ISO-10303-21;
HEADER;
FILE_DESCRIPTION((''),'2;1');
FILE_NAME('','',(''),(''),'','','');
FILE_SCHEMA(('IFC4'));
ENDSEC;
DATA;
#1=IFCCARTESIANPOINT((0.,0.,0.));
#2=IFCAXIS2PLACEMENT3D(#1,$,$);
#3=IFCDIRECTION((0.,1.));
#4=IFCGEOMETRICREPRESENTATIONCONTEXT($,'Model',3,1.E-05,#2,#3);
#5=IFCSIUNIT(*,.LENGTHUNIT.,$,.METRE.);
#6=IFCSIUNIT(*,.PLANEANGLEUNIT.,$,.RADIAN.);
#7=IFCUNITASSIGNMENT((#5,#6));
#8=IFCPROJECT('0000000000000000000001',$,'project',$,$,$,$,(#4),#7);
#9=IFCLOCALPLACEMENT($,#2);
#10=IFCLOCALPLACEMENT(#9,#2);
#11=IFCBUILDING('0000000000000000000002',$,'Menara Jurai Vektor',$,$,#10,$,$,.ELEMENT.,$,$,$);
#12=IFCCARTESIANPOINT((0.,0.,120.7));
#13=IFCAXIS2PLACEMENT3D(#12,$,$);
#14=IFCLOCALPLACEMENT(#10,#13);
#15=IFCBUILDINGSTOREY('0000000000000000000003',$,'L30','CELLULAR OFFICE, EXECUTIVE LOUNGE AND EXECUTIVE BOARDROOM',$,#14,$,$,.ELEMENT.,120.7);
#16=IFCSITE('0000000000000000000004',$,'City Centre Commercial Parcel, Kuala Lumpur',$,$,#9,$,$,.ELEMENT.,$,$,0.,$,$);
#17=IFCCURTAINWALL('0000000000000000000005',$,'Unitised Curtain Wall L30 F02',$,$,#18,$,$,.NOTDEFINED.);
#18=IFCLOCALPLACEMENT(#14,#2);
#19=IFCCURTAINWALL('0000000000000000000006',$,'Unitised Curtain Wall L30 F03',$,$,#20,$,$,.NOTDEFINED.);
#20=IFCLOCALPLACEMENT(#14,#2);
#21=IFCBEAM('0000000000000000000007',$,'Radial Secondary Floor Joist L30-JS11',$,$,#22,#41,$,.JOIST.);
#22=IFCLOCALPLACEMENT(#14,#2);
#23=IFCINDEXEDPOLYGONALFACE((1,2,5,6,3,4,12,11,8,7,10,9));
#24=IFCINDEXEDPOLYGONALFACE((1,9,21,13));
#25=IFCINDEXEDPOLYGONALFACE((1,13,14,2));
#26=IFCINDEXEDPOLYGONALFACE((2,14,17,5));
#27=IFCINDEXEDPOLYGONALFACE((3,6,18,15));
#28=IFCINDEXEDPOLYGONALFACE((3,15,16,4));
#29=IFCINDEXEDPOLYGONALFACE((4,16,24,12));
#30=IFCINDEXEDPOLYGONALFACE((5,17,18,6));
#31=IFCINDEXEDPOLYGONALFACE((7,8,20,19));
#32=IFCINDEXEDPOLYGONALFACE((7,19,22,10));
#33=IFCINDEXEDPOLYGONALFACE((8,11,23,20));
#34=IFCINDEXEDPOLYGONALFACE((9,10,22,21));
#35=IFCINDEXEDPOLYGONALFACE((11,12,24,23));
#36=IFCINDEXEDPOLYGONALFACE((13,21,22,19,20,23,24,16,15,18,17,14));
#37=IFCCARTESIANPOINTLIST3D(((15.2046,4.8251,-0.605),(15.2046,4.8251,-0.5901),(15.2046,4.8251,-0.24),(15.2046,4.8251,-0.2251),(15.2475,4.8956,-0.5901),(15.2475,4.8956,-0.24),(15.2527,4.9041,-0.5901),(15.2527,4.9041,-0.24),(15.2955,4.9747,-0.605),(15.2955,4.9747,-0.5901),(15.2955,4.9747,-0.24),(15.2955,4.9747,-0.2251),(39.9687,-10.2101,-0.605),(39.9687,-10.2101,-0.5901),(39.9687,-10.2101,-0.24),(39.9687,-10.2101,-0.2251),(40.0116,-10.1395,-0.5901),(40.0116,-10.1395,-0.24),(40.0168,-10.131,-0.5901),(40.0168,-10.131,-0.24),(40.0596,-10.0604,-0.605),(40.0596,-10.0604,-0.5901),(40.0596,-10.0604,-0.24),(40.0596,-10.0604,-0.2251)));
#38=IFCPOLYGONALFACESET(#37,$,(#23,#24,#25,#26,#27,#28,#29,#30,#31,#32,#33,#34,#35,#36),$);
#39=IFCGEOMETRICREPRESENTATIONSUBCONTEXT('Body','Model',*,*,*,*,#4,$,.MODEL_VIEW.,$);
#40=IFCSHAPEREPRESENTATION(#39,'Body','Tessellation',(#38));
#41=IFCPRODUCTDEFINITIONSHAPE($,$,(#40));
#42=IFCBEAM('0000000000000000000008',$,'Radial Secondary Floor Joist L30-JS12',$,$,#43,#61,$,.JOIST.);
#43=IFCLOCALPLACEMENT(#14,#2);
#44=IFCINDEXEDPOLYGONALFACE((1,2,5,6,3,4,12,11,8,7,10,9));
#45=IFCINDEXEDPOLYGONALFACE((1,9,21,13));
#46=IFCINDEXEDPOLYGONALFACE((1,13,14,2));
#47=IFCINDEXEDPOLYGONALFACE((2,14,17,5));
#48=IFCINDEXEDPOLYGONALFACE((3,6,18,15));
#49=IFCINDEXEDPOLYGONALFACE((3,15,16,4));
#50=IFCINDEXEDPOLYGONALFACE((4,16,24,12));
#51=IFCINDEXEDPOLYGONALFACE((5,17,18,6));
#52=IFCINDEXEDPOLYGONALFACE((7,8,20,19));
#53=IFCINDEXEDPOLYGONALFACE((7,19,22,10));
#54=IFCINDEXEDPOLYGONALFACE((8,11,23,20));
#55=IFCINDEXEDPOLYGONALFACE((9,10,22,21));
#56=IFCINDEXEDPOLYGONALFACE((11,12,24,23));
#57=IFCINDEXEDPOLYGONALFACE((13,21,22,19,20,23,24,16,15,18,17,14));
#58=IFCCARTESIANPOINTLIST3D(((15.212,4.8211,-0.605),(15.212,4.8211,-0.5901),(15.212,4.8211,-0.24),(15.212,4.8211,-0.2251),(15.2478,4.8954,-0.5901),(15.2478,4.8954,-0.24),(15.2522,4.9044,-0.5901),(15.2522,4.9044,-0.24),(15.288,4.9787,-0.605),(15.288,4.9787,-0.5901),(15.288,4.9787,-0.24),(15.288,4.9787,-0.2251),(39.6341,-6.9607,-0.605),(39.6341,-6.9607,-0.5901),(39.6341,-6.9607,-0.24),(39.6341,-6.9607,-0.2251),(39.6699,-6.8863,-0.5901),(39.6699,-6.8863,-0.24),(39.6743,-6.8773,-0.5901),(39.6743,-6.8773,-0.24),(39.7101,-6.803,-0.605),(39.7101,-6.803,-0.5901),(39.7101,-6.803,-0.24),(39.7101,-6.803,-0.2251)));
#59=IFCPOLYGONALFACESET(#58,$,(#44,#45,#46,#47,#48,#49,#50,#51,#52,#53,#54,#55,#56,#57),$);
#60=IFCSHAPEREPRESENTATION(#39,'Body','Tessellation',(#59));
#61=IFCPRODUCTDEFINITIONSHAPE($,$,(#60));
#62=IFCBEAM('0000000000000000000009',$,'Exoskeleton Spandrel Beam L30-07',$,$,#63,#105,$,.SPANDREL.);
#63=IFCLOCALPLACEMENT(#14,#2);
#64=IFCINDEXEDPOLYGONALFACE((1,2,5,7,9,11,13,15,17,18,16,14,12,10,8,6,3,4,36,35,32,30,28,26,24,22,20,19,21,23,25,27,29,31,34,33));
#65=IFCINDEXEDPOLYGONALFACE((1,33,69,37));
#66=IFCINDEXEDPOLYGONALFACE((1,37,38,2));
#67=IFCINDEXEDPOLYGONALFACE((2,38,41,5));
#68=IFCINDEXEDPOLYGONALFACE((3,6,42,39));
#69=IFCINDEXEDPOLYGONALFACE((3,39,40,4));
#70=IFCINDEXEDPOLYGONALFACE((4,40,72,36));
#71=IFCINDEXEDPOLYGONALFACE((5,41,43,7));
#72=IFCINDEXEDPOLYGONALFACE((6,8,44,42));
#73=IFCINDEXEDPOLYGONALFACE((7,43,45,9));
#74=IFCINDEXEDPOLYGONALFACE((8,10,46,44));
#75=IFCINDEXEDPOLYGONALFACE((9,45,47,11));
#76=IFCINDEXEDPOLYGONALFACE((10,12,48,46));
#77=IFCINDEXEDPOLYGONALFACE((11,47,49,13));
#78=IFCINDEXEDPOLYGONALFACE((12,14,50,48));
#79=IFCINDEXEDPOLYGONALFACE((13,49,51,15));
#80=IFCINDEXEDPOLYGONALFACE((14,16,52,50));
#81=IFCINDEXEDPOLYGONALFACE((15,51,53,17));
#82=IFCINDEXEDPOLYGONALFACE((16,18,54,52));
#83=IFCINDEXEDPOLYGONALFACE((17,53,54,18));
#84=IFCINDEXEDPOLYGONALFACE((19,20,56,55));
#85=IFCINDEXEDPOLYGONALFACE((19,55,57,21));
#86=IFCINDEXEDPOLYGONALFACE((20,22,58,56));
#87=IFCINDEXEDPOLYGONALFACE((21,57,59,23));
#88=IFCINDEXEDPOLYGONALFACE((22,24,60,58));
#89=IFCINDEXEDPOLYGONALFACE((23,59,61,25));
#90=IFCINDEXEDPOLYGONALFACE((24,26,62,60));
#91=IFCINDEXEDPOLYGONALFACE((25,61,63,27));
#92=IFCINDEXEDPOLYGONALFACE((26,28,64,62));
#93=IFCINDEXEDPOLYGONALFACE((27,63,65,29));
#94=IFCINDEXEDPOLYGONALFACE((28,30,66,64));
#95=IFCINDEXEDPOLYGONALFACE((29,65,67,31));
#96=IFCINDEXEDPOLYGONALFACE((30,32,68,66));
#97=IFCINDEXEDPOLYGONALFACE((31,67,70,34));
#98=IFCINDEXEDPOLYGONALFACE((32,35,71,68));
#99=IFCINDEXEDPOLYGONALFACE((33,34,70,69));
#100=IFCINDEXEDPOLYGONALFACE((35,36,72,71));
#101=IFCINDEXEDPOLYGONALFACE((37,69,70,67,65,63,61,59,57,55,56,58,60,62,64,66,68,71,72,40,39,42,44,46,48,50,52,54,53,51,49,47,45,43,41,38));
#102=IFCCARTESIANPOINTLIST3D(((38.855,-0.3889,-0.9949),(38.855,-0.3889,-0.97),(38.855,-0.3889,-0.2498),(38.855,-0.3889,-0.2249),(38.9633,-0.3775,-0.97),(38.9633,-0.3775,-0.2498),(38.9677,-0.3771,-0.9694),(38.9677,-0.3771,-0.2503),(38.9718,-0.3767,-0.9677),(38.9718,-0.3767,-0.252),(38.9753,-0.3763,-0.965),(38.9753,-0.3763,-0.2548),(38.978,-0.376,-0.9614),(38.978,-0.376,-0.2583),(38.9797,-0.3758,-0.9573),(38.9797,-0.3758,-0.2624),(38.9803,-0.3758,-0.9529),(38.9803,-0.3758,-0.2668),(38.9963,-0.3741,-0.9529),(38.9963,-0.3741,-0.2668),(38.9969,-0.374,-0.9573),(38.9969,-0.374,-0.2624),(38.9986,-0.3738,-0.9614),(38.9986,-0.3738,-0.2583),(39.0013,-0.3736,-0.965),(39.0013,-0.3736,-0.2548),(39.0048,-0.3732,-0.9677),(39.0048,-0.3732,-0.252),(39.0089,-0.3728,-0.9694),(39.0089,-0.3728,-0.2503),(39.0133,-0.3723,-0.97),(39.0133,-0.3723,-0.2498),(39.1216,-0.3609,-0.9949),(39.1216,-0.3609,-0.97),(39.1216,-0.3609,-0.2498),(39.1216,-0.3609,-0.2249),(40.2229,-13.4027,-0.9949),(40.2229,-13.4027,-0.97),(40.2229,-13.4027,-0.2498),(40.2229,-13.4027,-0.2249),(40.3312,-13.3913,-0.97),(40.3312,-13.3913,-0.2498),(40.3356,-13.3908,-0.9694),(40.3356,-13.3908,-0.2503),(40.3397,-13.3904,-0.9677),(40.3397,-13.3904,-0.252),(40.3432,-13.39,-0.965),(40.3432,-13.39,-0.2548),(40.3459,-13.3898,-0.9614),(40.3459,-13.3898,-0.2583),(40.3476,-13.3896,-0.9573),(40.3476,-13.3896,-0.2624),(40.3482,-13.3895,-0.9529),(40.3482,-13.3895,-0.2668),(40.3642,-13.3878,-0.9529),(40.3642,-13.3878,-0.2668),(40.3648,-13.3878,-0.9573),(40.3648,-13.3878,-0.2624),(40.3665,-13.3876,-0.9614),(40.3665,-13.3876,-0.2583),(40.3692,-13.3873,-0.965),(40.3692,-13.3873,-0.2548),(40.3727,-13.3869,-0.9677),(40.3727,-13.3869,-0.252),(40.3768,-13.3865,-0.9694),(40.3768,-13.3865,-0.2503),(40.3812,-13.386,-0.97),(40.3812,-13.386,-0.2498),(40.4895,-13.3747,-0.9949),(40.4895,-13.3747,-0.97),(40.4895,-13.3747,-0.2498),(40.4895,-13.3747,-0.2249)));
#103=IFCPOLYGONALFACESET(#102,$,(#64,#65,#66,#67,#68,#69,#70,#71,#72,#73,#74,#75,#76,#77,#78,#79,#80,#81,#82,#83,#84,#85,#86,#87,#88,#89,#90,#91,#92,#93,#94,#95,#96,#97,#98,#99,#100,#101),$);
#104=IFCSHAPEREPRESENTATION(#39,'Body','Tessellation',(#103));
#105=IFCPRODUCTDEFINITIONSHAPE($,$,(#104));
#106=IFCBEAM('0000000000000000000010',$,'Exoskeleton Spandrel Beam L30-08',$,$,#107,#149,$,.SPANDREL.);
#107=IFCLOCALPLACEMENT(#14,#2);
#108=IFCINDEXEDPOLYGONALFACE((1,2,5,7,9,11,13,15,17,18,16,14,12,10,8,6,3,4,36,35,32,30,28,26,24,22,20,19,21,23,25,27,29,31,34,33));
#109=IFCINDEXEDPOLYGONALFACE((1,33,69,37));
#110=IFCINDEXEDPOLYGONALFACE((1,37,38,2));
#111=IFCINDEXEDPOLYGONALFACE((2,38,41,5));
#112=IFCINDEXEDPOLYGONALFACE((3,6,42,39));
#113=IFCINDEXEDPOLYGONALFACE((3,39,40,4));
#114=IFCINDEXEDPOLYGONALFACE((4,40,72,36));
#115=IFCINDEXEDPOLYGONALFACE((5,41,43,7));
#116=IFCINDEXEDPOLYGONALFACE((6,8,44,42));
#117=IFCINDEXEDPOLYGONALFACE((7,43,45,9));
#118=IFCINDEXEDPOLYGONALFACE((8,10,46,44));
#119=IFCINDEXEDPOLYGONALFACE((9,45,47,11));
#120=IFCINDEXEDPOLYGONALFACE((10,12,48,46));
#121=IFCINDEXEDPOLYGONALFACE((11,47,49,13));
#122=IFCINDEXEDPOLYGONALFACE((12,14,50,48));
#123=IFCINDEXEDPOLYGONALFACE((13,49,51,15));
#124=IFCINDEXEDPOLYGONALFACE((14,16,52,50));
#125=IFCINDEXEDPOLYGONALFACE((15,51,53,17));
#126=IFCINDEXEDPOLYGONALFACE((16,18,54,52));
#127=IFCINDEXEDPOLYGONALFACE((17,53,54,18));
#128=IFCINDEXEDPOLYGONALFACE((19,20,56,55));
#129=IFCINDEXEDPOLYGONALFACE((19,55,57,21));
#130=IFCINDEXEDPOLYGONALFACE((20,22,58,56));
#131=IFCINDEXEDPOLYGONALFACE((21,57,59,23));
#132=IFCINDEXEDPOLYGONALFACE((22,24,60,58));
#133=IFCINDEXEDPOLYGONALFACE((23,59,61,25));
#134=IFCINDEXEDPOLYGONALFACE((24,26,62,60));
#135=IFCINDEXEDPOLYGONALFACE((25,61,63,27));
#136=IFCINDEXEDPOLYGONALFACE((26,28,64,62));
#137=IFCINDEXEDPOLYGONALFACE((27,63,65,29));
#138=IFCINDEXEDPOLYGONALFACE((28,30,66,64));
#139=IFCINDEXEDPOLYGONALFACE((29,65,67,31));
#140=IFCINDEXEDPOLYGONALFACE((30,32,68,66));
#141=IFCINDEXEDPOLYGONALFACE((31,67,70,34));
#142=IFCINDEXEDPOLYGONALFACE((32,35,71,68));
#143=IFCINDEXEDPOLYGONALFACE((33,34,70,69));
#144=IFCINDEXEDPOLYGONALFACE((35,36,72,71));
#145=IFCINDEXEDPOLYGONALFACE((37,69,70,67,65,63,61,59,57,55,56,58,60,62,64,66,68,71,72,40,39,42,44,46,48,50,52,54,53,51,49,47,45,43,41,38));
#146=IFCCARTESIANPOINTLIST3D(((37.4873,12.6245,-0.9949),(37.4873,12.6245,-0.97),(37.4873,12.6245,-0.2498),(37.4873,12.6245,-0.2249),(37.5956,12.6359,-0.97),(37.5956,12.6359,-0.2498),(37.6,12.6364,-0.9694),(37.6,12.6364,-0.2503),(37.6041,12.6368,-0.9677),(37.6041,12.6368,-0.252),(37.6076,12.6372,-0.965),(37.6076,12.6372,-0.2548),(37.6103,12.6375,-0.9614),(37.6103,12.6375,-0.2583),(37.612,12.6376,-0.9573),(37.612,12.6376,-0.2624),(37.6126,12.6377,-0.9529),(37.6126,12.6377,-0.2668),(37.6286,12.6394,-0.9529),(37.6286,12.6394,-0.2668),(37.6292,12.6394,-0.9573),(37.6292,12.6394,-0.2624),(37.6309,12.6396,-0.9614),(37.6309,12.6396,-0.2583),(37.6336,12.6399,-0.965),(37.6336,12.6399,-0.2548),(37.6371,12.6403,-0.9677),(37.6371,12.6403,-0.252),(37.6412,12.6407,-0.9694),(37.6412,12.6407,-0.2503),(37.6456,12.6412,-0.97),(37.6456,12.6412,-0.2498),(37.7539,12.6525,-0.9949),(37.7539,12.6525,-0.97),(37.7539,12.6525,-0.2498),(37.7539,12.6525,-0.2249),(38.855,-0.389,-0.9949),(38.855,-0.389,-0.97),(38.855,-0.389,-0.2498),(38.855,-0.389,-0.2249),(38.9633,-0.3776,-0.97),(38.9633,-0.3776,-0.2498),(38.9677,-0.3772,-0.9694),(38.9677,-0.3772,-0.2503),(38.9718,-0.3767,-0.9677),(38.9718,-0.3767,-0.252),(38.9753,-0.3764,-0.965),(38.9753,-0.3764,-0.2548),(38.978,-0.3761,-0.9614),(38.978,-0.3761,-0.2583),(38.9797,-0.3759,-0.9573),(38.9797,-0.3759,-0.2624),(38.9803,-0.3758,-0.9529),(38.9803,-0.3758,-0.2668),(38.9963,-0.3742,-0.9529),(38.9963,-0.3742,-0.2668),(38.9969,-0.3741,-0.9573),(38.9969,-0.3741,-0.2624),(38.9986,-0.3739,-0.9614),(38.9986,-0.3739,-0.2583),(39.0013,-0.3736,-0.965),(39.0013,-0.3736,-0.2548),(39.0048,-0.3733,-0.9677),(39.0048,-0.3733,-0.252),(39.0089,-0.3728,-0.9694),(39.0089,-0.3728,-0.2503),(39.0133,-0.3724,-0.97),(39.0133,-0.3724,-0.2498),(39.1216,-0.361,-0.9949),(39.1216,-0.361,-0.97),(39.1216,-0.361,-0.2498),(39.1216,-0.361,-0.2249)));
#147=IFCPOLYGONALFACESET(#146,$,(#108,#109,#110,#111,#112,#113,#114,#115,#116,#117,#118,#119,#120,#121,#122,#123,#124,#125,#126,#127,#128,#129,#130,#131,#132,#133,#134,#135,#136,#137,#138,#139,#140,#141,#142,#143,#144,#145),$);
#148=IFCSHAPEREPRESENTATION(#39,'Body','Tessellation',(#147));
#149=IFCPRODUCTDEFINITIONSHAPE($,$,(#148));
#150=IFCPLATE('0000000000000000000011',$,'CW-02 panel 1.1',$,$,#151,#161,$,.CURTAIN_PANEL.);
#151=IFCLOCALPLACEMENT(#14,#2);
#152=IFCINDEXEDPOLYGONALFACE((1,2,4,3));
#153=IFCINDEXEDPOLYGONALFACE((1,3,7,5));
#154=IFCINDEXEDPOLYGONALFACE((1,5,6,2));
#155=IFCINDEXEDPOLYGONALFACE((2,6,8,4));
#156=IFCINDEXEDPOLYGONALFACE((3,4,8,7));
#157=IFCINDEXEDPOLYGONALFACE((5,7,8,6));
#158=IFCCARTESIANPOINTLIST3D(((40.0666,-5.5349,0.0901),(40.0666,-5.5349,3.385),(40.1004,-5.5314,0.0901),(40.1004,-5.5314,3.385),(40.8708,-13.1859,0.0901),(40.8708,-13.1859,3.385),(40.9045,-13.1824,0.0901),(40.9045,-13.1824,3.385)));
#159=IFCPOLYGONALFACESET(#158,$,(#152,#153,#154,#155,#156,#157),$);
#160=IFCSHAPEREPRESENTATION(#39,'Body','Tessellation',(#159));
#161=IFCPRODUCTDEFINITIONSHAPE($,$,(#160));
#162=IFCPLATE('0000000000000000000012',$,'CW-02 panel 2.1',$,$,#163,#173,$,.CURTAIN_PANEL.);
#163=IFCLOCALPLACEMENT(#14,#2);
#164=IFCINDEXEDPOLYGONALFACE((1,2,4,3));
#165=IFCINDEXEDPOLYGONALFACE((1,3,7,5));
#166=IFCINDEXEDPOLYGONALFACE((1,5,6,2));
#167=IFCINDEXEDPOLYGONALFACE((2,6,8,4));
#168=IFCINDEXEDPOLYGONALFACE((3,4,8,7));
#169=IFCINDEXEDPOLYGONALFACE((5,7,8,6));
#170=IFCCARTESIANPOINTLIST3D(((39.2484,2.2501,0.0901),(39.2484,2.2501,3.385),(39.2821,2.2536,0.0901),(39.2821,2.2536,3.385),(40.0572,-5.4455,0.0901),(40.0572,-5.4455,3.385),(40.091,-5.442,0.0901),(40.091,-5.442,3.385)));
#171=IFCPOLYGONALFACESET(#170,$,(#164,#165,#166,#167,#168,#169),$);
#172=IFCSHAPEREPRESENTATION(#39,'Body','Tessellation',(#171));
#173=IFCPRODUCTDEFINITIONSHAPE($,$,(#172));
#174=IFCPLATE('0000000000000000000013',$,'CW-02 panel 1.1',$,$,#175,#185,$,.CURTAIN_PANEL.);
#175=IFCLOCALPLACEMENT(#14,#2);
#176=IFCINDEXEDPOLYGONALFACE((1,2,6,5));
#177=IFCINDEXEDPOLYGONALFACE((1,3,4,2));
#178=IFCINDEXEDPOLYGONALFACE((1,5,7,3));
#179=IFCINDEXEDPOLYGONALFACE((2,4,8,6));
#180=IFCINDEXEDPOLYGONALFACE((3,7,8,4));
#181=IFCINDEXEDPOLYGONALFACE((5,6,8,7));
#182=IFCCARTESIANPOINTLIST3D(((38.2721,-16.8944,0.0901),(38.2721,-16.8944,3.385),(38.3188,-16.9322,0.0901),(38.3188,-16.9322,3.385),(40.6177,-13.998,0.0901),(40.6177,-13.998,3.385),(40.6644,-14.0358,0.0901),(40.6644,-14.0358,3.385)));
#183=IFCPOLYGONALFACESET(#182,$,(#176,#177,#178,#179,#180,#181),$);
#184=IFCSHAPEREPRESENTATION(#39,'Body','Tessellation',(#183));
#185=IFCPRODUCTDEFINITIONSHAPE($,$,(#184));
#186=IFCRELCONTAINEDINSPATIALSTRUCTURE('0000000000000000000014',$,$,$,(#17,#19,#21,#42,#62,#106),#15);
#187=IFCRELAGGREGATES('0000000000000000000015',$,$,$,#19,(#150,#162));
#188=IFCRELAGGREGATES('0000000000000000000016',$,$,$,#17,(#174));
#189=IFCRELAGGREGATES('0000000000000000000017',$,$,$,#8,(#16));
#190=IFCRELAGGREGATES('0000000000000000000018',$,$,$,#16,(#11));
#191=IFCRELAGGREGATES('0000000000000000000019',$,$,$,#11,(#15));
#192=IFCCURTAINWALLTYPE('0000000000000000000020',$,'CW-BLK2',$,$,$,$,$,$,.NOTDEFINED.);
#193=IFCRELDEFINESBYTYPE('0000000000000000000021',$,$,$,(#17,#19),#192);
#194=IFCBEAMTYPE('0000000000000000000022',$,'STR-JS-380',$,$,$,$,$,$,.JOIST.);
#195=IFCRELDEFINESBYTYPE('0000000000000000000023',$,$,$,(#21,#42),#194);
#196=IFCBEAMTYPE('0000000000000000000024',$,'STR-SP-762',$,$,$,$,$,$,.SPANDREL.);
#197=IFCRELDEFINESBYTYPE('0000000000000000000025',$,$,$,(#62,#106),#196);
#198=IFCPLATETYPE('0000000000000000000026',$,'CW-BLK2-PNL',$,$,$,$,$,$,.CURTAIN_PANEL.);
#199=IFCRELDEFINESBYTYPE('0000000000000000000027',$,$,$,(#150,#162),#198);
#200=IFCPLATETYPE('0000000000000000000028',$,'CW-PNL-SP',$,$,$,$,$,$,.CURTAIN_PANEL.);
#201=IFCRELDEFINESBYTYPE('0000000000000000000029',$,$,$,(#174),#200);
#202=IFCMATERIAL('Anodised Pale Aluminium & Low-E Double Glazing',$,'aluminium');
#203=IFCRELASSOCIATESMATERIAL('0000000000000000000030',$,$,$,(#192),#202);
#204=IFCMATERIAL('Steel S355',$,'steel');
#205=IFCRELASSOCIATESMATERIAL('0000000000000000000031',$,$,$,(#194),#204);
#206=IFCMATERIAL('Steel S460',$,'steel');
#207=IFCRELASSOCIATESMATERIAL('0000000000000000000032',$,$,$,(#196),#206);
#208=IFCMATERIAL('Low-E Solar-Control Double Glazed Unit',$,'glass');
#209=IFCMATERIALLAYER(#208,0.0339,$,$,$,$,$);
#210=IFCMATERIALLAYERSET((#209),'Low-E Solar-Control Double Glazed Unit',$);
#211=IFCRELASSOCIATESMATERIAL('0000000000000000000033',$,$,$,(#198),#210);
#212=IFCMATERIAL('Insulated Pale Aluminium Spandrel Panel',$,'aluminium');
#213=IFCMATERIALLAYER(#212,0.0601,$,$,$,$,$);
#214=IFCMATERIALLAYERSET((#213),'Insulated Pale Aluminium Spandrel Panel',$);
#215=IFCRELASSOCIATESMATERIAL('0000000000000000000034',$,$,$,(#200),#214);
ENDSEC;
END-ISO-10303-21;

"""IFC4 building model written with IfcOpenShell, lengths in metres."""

from ifc_helpers import new_model, si_unit, direction, frame, origin, origin_2d, place, context, subcontext, project, spatial, rectangle, i_section, extrude, material, layer, layer_set, material_profile, profile_set, type_object, element, aggregate, save


model = new_model("IFC4")

# Units and contexts
model_context = context("Model", 3, precision=1e-05, world=origin(), true_north=direction((0.0, 1.0)))
body_context = subcontext(model_context, "Body", "Model", "MODEL_VIEW")
ifc_project = project(units=[si_unit("LENGTHUNIT", "METRE"), si_unit("PLANEANGLEUNIT", "RADIAN")], contexts=[model_context])

# Site, building, storey
site_placement = place(None, origin())
site = spatial("IfcSite", under=ifc_project, at=site_placement, Name="City Centre Commercial Parcel, Kuala Lumpur", CompositionType="ELEMENT", RefElevation=0.0)
building_placement = place(site_placement, origin())
building = spatial("IfcBuilding", under=site, at=building_placement, Name="Menara Jurai Vektor", CompositionType="ELEMENT")
storey_placement = place(building_placement, frame((0.0, 0.0, 120.7)))
storey = spatial("IfcBuildingStorey", under=building, at=storey_placement, Name="L30", Description="CELLULAR OFFICE, EXECUTIVE LOUNGE AND EXECUTIVE BOARDROOM", CompositionType="ELEMENT", Elevation=120.7)

# Shared definitions
ifc_material_1 = material(Name="Steel S460", Category="steel")

# Curtain walls
ifc_material_2 = material(Name="Anodised Pale Aluminium & Low-E Double Glazing", Category="aluminium")
curtain_wall_type = type_object("IfcCurtainWallType", Name="CW-BLK2", PredefinedType="NOTDEFINED", material=ifc_material_2)
curtain_wall_1_placement = place(storey_placement, origin())
curtain_wall_1 = element("IfcCurtainWall", 1, at=curtain_wall_1_placement, inside=storey, type_object=curtain_wall_type, Name="Unitised Curtain Wall L30 F02", PredefinedType="NOTDEFINED")
curtain_wall_2_placement = place(storey_placement, origin())
curtain_wall_2 = element("IfcCurtainWall", 2, at=curtain_wall_2_placement, inside=storey, type_object=curtain_wall_type, Name="Unitised Curtain Wall L30 F03", PredefinedType="NOTDEFINED")

# Shared definitions
ifc_material_3 = material(Name="Steel S355", Category="steel")

# Beams
ifc_material_profile_1 = material_profile(ifc_material_3, i_section(OverallWidth=0.175, OverallDepth=0.3799, WebThickness=0.01, FlangeThickness=0.0149, at=origin_2d()), Name="PG 380x175x58")
ifc_profile_set_1 = profile_set([ifc_material_profile_1], Name="Steel S355")
beam_type_1 = type_object("IfcBeamType", Name="STR-JS-380", PredefinedType="JOIST", material=ifc_profile_set_1)
beam_1_placement = place(storey_placement, frame((40.0142, -10.1353, -0.415), z_axis=(-0.854791, 0.518972, 0.0), x_axis=(-0.518972, -0.854791, 0.0)))
element("IfcBeam", 3, at=beam_1_placement, inside=storey, type_object=beam_type_1, Name="Radial Secondary Floor Joist L30-JS11", PredefinedType="JOIST", context=body_context, shape_type="SweptSolid", body=[
    extrude(i_section(OverallWidth=0.175, OverallDepth=0.3799, WebThickness=0.01, FlangeThickness=0.0149, at=origin_2d()), origin(), (0.0, 0.0, 1.0), 28.9709),
])
beam_2_placement = place(storey_placement, frame((39.6721, -6.8818, -0.415), z_axis=(-0.900671, 0.434502, 0.0), x_axis=(-0.434502, -0.900671, 0.0)))
element("IfcBeam", 4, at=beam_2_placement, inside=storey, type_object=beam_type_1, Name="Radial Secondary Floor Joist L30-JS12", PredefinedType="JOIST", context=body_context, shape_type="SweptSolid", body=[
    extrude(i_section(OverallWidth=0.175, OverallDepth=0.3799, WebThickness=0.01, FlangeThickness=0.0149, at=origin_2d()), origin(), (0.0, 0.0, 1.0), 27.1155),
])
ifc_material_profile_2 = material_profile(ifc_material_1, i_section(OverallWidth=0.2681, OverallDepth=0.77, WebThickness=0.0161, FlangeThickness=0.0249, FilletRadius=0.0171, at=origin_2d()), Name="UKB 762x267x197")
ifc_profile_set_2 = profile_set([ifc_material_profile_2], Name="Steel S460")
beam_type_2 = type_object("IfcBeamType", Name="STR-SP-762", PredefinedType="SPANDREL", material=ifc_profile_set_2)
beam_3_placement = place(storey_placement, frame((40.3562, -13.3887, -0.6099), z_axis=(-0.104538, 0.994521, 0.0), x_axis=(-0.994521, -0.104538, 0.0)))
element("IfcBeam", 5, at=beam_3_placement, inside=storey, type_object=beam_type_2, Name="Exoskeleton Spandrel Beam L30-07", PredefinedType="SPANDREL", context=body_context, shape_type="SweptSolid", body=[
    extrude(i_section(OverallWidth=0.2681, OverallDepth=0.77, WebThickness=0.0161, FlangeThickness=0.0249, FilletRadius=0.0171, at=origin_2d()), origin(), (0.0, 0.0, 1.0), 13.0854),
])
beam_4_placement = place(storey_placement, frame((38.9883, -0.375, -0.6099), z_axis=(-0.104522, 0.994523, 0.0), x_axis=(-0.994523, -0.104522, 0.0)))
element("IfcBeam", 6, at=beam_4_placement, inside=storey, type_object=beam_type_2, Name="Exoskeleton Spandrel Beam L30-08", PredefinedType="SPANDREL", context=body_context, shape_type="SweptSolid", body=[
    extrude(i_section(OverallWidth=0.2681, OverallDepth=0.77, WebThickness=0.0161, FlangeThickness=0.0249, FilletRadius=0.0171, at=origin_2d()), origin(), (0.0, 0.0, 1.0), 13.0852),
])

# Plates
ifc_material_4 = material(Name="Low-E Solar-Control Double Glazed Unit", Category="glass")
ifc_layer_1 = layer(ifc_material_4, 0.0339)
ifc_layer_set_1 = layer_set([ifc_layer_1], Name="Low-E Solar-Control Double Glazed Unit")
plate_type_1 = type_object("IfcPlateType", Name="CW-BLK2-PNL", PredefinedType="CURTAIN_PANEL", material=ifc_layer_set_1)
plate_1_placement = place(storey_placement, frame((40.4856, -9.3586, 0.0901), z_axis=(0.0, 0.0, 1.0), x_axis=(-0.10453, 0.994522, 0.0)))
plate_1 = element("IfcPlate", 7, at=plate_1_placement, type_object=plate_type_1, Name="CW-02 panel 1.1", PredefinedType="CURTAIN_PANEL", context=body_context, shape_type="SweptSolid", body=[
    extrude(rectangle(XDim=7.6931, YDim=0.0339, at=origin_2d()), origin(), (0.0, 0.0, 1.0), 3.2949),
])
plate_2_placement = place(storey_placement, frame((39.6697, -1.5959, 0.0901), z_axis=(0.0, 0.0, 1.0), x_axis=(-0.10453, 0.994522, 0.0)))
plate_2 = element("IfcPlate", 8, at=plate_2_placement, type_object=plate_type_1, Name="CW-02 panel 2.1", PredefinedType="CURTAIN_PANEL", context=body_context, shape_type="SweptSolid", body=[
    extrude(rectangle(XDim=7.738, YDim=0.0339, at=origin_2d()), origin(), (0.0, 0.0, 1.0), 3.2949),
])
aggregate(curtain_wall_2, [plate_1, plate_2])
ifc_material_5 = material(Name="Insulated Pale Aluminium Spandrel Panel", Category="aluminium")
ifc_layer_2 = layer(ifc_material_5, 0.0601)
ifc_layer_set_2 = layer_set([ifc_layer_2], Name="Insulated Pale Aluminium Spandrel Panel")
plate_type_2 = type_object("IfcPlateType", Name="CW-PNL-SP", PredefinedType="CURTAIN_PANEL", material=ifc_layer_set_2)
plate_3_placement = place(storey_placement, frame((39.4683, -15.4651, 0.0901), z_axis=(0.0, 0.0, 1.0), x_axis=(0.629341, 0.777129, 0.0)))
plate_3 = element("IfcPlate", 9, at=plate_3_placement, type_object=plate_type_2, Name="CW-02 panel 1.1", PredefinedType="CURTAIN_PANEL", context=body_context, shape_type="SweptSolid", body=[
    extrude(rectangle(XDim=3.7271, YDim=0.0601, at=origin_2d()), origin(), (0.0, 0.0, 1.0), 3.2949),
])
aggregate(curtain_wall_1, [plate_3])

save(model, "model.ifc")
